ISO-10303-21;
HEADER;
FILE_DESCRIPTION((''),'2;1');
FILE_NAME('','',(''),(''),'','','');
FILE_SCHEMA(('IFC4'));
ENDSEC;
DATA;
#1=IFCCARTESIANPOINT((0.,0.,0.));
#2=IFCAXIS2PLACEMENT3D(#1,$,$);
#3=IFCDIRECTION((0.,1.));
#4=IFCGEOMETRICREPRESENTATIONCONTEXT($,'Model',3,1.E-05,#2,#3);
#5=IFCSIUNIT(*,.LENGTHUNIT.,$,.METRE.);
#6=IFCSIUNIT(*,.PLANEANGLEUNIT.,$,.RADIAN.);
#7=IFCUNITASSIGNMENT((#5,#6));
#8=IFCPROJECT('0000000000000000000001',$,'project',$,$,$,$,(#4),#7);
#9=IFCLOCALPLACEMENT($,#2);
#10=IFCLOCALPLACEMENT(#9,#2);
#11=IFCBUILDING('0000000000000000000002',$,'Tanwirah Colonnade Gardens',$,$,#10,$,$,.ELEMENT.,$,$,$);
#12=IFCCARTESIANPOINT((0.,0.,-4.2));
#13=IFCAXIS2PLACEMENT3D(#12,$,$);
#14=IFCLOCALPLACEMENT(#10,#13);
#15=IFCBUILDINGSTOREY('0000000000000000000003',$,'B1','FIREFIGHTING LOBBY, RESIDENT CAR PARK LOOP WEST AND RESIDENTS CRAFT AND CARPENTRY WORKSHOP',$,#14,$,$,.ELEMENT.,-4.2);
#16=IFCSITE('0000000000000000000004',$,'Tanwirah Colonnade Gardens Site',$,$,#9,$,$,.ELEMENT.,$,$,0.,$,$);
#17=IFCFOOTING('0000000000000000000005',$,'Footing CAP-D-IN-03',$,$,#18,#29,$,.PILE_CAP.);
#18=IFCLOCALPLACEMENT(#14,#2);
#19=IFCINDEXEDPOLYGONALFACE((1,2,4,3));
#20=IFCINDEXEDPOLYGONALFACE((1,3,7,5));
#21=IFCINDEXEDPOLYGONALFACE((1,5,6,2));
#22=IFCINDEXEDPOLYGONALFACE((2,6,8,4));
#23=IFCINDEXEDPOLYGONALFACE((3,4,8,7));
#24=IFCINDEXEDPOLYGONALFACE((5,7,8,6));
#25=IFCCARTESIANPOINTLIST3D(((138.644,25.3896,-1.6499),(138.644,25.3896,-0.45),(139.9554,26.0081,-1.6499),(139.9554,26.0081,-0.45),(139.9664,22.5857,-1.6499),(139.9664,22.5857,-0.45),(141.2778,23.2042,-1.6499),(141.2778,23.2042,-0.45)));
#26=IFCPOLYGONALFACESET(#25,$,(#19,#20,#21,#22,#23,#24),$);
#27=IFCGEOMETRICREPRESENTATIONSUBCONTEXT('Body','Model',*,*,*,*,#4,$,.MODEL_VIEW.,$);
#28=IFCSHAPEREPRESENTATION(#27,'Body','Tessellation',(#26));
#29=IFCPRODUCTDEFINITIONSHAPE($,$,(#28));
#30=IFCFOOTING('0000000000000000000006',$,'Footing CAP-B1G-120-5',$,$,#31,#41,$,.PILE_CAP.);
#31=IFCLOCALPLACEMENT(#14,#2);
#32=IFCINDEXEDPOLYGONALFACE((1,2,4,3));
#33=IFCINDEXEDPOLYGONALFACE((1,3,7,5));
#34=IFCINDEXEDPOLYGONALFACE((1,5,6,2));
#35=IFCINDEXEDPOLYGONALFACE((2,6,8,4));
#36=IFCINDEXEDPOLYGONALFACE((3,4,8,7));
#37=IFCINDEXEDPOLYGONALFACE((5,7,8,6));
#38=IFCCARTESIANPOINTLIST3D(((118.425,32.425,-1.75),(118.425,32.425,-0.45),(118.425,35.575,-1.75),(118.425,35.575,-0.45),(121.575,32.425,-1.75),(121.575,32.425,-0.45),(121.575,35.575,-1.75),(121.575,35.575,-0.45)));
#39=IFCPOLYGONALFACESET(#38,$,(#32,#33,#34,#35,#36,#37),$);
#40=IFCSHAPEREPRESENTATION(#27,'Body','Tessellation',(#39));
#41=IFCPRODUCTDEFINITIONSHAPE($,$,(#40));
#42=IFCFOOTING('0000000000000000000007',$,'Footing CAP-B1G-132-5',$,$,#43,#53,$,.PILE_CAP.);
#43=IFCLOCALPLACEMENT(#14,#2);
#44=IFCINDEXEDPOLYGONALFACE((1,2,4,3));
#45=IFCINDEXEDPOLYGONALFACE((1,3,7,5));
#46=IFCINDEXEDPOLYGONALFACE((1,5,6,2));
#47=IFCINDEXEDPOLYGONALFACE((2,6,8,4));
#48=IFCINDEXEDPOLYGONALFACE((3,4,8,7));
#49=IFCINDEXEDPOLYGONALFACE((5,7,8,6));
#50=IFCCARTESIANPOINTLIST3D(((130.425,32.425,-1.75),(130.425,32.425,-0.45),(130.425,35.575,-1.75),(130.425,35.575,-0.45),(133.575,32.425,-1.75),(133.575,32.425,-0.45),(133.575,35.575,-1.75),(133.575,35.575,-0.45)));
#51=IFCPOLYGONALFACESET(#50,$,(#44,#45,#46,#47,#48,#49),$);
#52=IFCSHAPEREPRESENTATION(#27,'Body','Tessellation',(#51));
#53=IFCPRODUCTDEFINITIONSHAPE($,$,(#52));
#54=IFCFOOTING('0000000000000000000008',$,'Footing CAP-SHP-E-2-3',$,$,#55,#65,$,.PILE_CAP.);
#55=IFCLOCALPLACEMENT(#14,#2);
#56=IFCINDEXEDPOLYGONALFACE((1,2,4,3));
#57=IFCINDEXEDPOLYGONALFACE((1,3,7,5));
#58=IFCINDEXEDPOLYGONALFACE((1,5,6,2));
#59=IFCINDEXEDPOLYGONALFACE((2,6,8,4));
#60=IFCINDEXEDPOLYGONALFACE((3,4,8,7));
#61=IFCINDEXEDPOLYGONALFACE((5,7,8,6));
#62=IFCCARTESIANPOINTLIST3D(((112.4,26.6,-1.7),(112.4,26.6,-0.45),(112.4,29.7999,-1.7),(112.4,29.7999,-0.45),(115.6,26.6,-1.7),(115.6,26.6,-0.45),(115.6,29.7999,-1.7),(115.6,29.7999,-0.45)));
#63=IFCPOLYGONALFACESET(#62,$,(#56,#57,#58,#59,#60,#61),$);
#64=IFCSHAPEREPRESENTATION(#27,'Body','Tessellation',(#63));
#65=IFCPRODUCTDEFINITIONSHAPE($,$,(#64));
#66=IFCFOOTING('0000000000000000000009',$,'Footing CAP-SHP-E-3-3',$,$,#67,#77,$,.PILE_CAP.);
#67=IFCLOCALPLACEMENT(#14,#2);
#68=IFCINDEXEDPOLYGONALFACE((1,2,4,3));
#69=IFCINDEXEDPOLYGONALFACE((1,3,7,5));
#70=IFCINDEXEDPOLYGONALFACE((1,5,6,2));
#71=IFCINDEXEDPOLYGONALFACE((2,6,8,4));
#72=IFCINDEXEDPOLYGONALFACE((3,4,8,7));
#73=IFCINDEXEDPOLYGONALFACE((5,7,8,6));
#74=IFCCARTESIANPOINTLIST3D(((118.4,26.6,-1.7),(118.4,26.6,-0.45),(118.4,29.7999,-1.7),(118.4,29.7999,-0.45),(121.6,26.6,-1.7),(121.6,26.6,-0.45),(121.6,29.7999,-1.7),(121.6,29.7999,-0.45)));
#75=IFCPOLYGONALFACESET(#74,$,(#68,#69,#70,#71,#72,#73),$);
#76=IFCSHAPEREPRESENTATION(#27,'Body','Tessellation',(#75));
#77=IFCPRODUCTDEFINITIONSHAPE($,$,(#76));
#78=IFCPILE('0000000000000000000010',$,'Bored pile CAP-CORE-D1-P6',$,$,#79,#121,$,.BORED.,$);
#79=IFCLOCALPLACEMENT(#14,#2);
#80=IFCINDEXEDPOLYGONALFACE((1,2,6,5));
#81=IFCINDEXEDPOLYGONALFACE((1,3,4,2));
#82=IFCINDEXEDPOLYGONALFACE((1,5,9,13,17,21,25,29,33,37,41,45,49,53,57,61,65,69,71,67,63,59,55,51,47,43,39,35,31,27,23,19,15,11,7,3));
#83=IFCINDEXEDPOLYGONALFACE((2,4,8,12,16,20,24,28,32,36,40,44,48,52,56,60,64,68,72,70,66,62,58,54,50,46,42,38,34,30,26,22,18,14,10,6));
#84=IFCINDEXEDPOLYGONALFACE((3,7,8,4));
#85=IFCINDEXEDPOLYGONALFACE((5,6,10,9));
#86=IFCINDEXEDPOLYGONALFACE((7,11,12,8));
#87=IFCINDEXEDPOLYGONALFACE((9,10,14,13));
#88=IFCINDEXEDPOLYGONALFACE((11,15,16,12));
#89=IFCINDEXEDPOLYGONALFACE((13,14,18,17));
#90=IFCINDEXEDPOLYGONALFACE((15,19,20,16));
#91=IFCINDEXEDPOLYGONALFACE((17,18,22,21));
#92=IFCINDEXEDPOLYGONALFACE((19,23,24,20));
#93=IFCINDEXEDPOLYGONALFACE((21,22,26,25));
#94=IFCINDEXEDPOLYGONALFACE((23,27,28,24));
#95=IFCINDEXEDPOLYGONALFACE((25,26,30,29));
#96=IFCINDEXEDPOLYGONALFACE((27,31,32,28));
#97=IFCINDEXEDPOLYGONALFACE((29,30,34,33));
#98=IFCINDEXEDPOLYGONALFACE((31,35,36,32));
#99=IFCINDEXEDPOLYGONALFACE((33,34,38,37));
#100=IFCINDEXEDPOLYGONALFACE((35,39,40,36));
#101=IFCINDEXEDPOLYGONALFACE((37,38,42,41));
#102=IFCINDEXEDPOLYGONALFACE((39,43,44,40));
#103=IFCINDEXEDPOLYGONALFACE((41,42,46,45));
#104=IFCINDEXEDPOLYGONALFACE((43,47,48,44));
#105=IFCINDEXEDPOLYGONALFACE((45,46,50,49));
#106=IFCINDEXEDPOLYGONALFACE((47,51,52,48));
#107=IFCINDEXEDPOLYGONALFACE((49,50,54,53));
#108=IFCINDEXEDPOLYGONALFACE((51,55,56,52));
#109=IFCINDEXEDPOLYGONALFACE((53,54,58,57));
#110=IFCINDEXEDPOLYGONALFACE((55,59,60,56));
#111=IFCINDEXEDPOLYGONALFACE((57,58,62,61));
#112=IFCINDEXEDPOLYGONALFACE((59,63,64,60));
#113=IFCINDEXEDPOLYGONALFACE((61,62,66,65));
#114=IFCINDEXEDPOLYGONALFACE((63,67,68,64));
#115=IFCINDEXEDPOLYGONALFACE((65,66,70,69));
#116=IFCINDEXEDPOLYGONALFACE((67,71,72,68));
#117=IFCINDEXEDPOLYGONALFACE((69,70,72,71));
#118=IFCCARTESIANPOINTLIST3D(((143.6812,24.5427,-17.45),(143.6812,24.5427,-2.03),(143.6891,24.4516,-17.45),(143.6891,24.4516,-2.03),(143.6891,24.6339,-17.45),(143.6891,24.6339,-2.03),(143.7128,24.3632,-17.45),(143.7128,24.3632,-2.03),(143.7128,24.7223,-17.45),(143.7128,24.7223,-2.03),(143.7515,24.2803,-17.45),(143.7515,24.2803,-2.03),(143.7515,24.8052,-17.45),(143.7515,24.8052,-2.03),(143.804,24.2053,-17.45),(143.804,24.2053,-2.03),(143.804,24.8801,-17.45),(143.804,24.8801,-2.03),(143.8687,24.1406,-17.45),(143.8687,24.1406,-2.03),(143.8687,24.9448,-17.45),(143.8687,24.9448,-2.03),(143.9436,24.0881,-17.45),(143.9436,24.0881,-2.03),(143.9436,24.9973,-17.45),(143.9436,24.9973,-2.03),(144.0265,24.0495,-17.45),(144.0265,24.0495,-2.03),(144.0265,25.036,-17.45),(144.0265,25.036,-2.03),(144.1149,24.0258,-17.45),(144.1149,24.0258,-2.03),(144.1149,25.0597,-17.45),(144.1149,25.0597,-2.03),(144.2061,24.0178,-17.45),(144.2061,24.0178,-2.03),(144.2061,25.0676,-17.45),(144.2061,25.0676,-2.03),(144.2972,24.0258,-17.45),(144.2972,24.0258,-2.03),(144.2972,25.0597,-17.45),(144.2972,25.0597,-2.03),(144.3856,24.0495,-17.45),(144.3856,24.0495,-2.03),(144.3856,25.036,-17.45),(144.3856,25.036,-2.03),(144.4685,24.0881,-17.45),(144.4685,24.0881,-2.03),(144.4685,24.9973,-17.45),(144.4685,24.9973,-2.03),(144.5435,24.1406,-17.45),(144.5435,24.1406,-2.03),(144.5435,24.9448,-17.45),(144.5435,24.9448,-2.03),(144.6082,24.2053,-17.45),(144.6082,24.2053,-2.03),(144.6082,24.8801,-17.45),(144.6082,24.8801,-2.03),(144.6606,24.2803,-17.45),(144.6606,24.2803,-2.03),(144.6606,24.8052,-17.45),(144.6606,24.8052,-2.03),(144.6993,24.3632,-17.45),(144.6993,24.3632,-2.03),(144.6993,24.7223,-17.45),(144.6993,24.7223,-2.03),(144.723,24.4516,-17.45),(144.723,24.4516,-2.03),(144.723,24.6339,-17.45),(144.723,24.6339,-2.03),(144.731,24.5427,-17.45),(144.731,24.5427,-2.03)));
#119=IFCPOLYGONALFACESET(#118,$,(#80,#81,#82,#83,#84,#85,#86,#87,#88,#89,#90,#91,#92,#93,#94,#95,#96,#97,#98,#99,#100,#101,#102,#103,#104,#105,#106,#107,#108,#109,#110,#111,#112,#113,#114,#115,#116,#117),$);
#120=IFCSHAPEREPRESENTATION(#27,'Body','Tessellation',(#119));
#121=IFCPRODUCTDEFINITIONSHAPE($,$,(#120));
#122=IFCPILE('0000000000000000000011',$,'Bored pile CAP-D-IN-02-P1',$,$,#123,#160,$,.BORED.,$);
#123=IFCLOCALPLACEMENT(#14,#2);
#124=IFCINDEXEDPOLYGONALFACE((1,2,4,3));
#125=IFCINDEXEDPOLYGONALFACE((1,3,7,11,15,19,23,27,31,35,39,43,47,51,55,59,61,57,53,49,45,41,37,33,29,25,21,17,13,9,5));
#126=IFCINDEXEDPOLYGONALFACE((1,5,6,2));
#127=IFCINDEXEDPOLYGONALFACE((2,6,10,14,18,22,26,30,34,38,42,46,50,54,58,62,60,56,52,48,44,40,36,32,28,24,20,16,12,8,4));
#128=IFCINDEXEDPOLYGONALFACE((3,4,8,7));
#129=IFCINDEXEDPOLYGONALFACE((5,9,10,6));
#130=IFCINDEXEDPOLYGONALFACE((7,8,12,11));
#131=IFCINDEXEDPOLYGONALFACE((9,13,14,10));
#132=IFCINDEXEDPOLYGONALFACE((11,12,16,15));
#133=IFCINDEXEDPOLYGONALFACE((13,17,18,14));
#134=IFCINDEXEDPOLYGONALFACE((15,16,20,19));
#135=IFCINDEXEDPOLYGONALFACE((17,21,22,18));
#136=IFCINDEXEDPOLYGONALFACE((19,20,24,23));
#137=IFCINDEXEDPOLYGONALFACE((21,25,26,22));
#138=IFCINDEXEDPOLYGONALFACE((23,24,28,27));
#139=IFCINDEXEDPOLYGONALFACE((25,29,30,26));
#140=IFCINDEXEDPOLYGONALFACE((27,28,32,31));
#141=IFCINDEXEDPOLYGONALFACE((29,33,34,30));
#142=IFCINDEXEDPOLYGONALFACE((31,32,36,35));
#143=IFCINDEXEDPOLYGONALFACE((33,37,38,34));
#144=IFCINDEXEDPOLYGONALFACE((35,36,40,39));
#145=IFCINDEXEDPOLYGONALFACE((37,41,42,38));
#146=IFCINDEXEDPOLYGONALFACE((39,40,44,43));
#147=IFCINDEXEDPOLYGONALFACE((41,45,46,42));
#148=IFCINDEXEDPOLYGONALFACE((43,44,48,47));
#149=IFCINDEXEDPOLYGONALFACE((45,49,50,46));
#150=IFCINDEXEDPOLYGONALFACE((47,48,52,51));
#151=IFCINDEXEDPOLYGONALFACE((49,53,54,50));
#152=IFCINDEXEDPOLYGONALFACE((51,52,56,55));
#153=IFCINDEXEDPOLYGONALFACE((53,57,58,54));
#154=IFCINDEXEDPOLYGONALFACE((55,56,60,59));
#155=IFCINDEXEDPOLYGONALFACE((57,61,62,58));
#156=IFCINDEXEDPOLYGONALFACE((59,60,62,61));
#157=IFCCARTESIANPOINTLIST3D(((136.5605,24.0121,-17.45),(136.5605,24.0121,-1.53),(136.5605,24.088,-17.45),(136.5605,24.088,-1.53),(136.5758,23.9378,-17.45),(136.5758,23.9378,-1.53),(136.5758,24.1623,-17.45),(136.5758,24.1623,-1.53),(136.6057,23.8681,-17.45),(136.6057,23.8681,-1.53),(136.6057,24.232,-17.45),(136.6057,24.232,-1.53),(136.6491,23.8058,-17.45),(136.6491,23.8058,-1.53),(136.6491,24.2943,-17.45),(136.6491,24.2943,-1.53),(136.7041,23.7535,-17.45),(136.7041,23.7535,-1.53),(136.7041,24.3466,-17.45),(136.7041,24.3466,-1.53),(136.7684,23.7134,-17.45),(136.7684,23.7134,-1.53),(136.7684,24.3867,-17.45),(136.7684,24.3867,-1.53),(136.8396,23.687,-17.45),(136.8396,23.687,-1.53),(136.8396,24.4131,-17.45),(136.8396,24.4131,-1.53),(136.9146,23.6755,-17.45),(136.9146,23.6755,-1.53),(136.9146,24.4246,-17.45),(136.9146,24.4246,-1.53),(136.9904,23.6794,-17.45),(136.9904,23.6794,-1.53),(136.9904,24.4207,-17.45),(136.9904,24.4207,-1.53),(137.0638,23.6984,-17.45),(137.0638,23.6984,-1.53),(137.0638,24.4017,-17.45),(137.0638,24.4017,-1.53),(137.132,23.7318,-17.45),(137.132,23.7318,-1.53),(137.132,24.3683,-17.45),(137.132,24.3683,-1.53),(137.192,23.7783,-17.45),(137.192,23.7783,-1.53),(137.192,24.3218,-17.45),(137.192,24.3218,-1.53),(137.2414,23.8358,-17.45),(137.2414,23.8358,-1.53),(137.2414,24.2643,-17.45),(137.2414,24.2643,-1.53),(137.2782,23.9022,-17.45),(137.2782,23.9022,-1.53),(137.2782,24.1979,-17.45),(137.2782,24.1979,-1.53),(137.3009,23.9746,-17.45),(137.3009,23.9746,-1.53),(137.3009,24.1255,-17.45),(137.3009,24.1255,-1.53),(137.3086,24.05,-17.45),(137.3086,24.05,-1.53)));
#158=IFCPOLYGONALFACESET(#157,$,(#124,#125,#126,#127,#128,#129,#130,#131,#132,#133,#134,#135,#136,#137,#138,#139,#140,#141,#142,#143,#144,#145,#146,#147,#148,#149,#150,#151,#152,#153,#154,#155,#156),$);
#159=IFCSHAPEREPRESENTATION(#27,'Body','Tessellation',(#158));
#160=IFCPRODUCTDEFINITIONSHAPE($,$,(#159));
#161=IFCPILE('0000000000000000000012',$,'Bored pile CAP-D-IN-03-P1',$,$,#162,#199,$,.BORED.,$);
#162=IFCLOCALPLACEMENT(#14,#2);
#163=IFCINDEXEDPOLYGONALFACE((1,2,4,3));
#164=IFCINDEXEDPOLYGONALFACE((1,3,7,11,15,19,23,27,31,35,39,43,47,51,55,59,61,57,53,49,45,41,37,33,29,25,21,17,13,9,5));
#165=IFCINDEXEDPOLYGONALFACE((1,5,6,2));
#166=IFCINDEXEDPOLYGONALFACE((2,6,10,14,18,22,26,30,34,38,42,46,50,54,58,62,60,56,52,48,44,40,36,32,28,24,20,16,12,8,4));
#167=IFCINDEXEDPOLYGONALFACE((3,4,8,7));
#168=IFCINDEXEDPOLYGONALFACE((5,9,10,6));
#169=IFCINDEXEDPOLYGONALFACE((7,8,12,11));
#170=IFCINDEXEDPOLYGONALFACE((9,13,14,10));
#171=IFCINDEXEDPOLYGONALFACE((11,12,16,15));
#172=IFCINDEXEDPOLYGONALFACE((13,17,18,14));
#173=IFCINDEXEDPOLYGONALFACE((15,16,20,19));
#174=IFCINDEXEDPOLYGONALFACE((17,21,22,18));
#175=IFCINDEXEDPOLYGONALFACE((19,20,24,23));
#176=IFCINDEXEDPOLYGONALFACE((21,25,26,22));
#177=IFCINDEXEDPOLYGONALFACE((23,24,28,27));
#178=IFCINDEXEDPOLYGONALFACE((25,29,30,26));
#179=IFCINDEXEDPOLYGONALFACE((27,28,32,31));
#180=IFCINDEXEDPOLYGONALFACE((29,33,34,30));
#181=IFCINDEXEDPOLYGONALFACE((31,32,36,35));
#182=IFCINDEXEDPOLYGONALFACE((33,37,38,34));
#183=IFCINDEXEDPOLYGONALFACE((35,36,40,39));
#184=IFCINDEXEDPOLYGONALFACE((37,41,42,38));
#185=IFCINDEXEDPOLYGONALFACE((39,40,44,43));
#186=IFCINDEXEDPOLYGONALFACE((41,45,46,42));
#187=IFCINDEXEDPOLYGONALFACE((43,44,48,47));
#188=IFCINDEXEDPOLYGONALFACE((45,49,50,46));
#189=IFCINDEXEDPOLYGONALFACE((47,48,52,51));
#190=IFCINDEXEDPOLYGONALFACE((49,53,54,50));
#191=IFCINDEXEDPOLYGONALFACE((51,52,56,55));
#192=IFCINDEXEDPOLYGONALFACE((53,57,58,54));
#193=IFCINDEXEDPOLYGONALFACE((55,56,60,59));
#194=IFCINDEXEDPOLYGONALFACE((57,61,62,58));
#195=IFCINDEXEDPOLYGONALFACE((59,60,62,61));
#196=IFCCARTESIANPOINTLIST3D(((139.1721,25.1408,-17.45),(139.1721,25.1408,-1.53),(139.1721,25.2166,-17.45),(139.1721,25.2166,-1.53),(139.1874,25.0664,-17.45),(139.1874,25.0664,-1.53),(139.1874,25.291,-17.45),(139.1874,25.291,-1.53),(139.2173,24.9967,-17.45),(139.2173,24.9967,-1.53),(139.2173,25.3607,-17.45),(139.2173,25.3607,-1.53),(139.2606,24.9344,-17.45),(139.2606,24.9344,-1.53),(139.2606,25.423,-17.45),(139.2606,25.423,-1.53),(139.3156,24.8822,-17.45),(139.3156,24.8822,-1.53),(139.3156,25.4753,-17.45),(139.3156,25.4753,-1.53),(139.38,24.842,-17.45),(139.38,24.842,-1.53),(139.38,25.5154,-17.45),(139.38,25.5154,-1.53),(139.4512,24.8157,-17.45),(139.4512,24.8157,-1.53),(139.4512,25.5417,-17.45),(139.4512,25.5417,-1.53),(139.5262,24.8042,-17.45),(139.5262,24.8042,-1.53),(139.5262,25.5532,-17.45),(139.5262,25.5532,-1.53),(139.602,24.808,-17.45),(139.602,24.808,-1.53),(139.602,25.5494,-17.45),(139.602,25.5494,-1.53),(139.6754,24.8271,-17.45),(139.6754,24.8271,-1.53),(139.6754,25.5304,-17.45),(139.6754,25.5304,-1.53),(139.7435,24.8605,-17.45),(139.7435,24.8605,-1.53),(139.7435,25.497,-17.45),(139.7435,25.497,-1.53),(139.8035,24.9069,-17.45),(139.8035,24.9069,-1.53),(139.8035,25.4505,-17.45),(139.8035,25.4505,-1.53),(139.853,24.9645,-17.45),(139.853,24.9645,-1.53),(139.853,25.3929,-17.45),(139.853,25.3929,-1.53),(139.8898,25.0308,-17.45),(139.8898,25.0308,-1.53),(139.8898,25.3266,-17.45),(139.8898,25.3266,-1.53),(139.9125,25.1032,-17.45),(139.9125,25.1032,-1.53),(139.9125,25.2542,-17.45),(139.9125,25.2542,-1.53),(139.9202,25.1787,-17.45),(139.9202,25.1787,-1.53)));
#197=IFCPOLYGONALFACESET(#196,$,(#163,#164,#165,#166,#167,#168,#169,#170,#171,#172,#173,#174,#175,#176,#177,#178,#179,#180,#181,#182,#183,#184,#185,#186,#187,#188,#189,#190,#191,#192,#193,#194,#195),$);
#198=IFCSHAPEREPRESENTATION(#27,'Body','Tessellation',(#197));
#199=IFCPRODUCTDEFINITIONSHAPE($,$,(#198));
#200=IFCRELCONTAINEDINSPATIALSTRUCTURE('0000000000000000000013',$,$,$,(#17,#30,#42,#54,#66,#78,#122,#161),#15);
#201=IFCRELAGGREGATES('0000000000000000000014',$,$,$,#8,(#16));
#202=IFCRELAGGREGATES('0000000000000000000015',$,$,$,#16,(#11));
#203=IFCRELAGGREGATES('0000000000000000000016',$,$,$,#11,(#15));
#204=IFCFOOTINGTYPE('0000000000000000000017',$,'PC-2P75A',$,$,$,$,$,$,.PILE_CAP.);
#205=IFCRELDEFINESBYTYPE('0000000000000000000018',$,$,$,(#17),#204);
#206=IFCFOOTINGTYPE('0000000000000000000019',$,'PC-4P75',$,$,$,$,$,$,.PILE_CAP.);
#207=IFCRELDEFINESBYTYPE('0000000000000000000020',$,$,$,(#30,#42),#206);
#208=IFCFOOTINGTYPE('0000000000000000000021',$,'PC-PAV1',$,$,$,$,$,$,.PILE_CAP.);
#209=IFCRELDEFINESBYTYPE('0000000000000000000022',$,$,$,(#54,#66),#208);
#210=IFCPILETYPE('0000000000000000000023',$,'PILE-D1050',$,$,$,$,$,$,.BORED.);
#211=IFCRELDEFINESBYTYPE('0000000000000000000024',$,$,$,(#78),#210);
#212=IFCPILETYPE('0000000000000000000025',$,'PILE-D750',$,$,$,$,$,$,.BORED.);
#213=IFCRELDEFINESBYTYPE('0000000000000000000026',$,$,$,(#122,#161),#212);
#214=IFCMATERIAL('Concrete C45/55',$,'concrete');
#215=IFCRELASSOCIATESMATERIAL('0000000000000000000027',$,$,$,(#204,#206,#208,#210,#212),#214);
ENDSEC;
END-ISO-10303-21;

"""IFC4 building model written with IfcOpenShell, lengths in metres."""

from ifc_helpers import new_model, si_unit, direction, frame, origin, origin_2d, place, context, subcontext, project, spatial, rectangle, circle, extrude, material, material_profile, profile_set, type_object, element, save


model = new_model("IFC4")

# Units and contexts
model_context = context("Model", 3, precision=1e-05, world=origin(), true_north=direction((0.0, 1.0)))
body_context = subcontext(model_context, "Body", "Model", "MODEL_VIEW")
ifc_project = project(units=[si_unit("LENGTHUNIT", "METRE"), si_unit("PLANEANGLEUNIT", "RADIAN")], contexts=[model_context])

# Site, building, storey
site_placement = place(None, origin())
site = spatial("IfcSite", under=ifc_project, at=site_placement, Name="Tanwirah Colonnade Gardens Site", CompositionType="ELEMENT", RefElevation=0.0)
building_placement = place(site_placement, origin())
building = spatial("IfcBuilding", under=site, at=building_placement, Name="Tanwirah Colonnade Gardens", CompositionType="ELEMENT")
storey_placement = place(building_placement, frame((0.0, 0.0, -4.2)))
storey = spatial("IfcBuildingStorey", under=building, at=storey_placement, Name="B1", Description="FIREFIGHTING LOBBY, RESIDENT CAR PARK LOOP WEST AND RESIDENTS CRAFT AND CARPENTRY WORKSHOP", CompositionType="ELEMENT", Elevation=-4.2)

# Footings
ifc_material_1 = material(Name="Concrete C45/55", Category="concrete")
footing_type_1 = type_object("IfcFootingType", Name="PC-2P75A", PredefinedType="PILE_CAP", material=ifc_material_1)
footing_placement = place(storey_placement, frame((139.9609, 24.2969, -1.6499), z_axis=(0.0, 0.0, 1.0), x_axis=(0.426569, -0.904455, 0.0)))
element("IfcFooting", 1, at=footing_placement, inside=storey, type_object=footing_type_1, Name="Footing CAP-D-IN-03", PredefinedType="PILE_CAP", context=body_context, shape_type="SweptSolid", body=[
    extrude(rectangle(XDim=3.1001, YDim=1.45, at=origin_2d()), origin(), (0.0, 0.0, 1.0), 1.2),
])
footing_type_2 = type_object("IfcFootingType", Name="PC-4P75", PredefinedType="PILE_CAP", material=ifc_material_1)
for number, where, z_axis, x_axis, name in (
    (2, (120.0, 34.0, -1.75), (0.0, 0.0, 1.0), (1.0, 0.0, 0.0), "Footing CAP-B1G-120-5"),
    (3, (132.0, 34.0, -1.75), (0.0, 0.0, 1.0), (1.0, 0.0, 0.0), "Footing CAP-B1G-132-5"),
):
    element("IfcFooting", number, at=place(storey_placement, frame(where, z_axis=z_axis, x_axis=x_axis)), inside=storey, type_object=footing_type_2, Name=name, PredefinedType="PILE_CAP", context=body_context, shape_type="SweptSolid", body=[
        extrude(rectangle(XDim=3.1499, YDim=3.1499, at=origin_2d()), origin(), (0.0, 0.0, 1.0), 1.3),
    ])
footing_type_3 = type_object("IfcFootingType", Name="PC-PAV1", PredefinedType="PILE_CAP", material=ifc_material_1)
for number, where, z_axis, x_axis, name in (
    (4, (114.0, 28.2, -1.7), (0.0, 0.0, 1.0), (1.0, 0.0, 0.0), "Footing CAP-SHP-E-2-3"),
    (5, (120.0, 28.2, -1.7), (0.0, 0.0, 1.0), (1.0, 0.0, 0.0), "Footing CAP-SHP-E-3-3"),
):
    element("IfcFooting", number, at=place(storey_placement, frame(where, z_axis=z_axis, x_axis=x_axis)), inside=storey, type_object=footing_type_3, Name=name, PredefinedType="PILE_CAP", context=body_context, shape_type="SweptSolid", body=[
        extrude(rectangle(XDim=3.2, YDim=3.2, at=origin_2d()), origin(), (0.0, 0.0, 1.0), 1.25),
    ])

# Piles
ifc_material_profile_1 = material_profile(ifc_material_1, circle(Radius=0.5249, at=origin_2d()), Name="PILE D1050")
ifc_profile_set_1 = profile_set([ifc_material_profile_1], Name="Concrete C45/55")
pile_type_1 = type_object("IfcPileType", Name="PILE-D1050", PredefinedType="BORED", material=ifc_profile_set_1)
pile_placement = place(storey_placement, frame((144.2061, 24.5427, -2.03), z_axis=(0.0, 0.0, -1.0), x_axis=(1.0, 0.0, 0.0)))
element("IfcPile", 6, at=pile_placement, inside=storey, type_object=pile_type_1, Name="Bored pile CAP-CORE-D1-P6", PredefinedType="BORED", context=body_context, shape_type="SweptSolid", body=[
    extrude(circle(Radius=0.5249, at=origin_2d()), origin(), (0.0, 0.0, 1.0), 15.4199),
])
ifc_material_profile_2 = material_profile(ifc_material_1, circle(Radius=0.375, at=origin_2d()), Name="PILE D750")
ifc_profile_set_2 = profile_set([ifc_material_profile_2], Name="Concrete C45/55")
pile_type_2 = type_object("IfcPileType", Name="PILE-D750", PredefinedType="BORED", material=ifc_profile_set_2)
for number, where, z_axis, x_axis, name in (
    (7, (136.9336, 24.05, -1.53), (0.0, 0.0, -1.0), (1.0, 0.0, 0.0), "Bored pile CAP-D-IN-02-P1"),
    (8, (139.5452, 25.1787, -1.53), (0.0, 0.0, -1.0), (1.0, 0.0, 0.0), "Bored pile CAP-D-IN-03-P1"),
):
    element("IfcPile", number, at=place(storey_placement, frame(where, z_axis=z_axis, x_axis=x_axis)), inside=storey, type_object=pile_type_2, Name=name, PredefinedType="BORED", context=body_context, shape_type="SweptSolid", body=[
        extrude(circle(Radius=0.375, at=origin_2d()), origin(), (0.0, 0.0, 1.0), 15.9199),
    ])

save(model, "model.ifc")
